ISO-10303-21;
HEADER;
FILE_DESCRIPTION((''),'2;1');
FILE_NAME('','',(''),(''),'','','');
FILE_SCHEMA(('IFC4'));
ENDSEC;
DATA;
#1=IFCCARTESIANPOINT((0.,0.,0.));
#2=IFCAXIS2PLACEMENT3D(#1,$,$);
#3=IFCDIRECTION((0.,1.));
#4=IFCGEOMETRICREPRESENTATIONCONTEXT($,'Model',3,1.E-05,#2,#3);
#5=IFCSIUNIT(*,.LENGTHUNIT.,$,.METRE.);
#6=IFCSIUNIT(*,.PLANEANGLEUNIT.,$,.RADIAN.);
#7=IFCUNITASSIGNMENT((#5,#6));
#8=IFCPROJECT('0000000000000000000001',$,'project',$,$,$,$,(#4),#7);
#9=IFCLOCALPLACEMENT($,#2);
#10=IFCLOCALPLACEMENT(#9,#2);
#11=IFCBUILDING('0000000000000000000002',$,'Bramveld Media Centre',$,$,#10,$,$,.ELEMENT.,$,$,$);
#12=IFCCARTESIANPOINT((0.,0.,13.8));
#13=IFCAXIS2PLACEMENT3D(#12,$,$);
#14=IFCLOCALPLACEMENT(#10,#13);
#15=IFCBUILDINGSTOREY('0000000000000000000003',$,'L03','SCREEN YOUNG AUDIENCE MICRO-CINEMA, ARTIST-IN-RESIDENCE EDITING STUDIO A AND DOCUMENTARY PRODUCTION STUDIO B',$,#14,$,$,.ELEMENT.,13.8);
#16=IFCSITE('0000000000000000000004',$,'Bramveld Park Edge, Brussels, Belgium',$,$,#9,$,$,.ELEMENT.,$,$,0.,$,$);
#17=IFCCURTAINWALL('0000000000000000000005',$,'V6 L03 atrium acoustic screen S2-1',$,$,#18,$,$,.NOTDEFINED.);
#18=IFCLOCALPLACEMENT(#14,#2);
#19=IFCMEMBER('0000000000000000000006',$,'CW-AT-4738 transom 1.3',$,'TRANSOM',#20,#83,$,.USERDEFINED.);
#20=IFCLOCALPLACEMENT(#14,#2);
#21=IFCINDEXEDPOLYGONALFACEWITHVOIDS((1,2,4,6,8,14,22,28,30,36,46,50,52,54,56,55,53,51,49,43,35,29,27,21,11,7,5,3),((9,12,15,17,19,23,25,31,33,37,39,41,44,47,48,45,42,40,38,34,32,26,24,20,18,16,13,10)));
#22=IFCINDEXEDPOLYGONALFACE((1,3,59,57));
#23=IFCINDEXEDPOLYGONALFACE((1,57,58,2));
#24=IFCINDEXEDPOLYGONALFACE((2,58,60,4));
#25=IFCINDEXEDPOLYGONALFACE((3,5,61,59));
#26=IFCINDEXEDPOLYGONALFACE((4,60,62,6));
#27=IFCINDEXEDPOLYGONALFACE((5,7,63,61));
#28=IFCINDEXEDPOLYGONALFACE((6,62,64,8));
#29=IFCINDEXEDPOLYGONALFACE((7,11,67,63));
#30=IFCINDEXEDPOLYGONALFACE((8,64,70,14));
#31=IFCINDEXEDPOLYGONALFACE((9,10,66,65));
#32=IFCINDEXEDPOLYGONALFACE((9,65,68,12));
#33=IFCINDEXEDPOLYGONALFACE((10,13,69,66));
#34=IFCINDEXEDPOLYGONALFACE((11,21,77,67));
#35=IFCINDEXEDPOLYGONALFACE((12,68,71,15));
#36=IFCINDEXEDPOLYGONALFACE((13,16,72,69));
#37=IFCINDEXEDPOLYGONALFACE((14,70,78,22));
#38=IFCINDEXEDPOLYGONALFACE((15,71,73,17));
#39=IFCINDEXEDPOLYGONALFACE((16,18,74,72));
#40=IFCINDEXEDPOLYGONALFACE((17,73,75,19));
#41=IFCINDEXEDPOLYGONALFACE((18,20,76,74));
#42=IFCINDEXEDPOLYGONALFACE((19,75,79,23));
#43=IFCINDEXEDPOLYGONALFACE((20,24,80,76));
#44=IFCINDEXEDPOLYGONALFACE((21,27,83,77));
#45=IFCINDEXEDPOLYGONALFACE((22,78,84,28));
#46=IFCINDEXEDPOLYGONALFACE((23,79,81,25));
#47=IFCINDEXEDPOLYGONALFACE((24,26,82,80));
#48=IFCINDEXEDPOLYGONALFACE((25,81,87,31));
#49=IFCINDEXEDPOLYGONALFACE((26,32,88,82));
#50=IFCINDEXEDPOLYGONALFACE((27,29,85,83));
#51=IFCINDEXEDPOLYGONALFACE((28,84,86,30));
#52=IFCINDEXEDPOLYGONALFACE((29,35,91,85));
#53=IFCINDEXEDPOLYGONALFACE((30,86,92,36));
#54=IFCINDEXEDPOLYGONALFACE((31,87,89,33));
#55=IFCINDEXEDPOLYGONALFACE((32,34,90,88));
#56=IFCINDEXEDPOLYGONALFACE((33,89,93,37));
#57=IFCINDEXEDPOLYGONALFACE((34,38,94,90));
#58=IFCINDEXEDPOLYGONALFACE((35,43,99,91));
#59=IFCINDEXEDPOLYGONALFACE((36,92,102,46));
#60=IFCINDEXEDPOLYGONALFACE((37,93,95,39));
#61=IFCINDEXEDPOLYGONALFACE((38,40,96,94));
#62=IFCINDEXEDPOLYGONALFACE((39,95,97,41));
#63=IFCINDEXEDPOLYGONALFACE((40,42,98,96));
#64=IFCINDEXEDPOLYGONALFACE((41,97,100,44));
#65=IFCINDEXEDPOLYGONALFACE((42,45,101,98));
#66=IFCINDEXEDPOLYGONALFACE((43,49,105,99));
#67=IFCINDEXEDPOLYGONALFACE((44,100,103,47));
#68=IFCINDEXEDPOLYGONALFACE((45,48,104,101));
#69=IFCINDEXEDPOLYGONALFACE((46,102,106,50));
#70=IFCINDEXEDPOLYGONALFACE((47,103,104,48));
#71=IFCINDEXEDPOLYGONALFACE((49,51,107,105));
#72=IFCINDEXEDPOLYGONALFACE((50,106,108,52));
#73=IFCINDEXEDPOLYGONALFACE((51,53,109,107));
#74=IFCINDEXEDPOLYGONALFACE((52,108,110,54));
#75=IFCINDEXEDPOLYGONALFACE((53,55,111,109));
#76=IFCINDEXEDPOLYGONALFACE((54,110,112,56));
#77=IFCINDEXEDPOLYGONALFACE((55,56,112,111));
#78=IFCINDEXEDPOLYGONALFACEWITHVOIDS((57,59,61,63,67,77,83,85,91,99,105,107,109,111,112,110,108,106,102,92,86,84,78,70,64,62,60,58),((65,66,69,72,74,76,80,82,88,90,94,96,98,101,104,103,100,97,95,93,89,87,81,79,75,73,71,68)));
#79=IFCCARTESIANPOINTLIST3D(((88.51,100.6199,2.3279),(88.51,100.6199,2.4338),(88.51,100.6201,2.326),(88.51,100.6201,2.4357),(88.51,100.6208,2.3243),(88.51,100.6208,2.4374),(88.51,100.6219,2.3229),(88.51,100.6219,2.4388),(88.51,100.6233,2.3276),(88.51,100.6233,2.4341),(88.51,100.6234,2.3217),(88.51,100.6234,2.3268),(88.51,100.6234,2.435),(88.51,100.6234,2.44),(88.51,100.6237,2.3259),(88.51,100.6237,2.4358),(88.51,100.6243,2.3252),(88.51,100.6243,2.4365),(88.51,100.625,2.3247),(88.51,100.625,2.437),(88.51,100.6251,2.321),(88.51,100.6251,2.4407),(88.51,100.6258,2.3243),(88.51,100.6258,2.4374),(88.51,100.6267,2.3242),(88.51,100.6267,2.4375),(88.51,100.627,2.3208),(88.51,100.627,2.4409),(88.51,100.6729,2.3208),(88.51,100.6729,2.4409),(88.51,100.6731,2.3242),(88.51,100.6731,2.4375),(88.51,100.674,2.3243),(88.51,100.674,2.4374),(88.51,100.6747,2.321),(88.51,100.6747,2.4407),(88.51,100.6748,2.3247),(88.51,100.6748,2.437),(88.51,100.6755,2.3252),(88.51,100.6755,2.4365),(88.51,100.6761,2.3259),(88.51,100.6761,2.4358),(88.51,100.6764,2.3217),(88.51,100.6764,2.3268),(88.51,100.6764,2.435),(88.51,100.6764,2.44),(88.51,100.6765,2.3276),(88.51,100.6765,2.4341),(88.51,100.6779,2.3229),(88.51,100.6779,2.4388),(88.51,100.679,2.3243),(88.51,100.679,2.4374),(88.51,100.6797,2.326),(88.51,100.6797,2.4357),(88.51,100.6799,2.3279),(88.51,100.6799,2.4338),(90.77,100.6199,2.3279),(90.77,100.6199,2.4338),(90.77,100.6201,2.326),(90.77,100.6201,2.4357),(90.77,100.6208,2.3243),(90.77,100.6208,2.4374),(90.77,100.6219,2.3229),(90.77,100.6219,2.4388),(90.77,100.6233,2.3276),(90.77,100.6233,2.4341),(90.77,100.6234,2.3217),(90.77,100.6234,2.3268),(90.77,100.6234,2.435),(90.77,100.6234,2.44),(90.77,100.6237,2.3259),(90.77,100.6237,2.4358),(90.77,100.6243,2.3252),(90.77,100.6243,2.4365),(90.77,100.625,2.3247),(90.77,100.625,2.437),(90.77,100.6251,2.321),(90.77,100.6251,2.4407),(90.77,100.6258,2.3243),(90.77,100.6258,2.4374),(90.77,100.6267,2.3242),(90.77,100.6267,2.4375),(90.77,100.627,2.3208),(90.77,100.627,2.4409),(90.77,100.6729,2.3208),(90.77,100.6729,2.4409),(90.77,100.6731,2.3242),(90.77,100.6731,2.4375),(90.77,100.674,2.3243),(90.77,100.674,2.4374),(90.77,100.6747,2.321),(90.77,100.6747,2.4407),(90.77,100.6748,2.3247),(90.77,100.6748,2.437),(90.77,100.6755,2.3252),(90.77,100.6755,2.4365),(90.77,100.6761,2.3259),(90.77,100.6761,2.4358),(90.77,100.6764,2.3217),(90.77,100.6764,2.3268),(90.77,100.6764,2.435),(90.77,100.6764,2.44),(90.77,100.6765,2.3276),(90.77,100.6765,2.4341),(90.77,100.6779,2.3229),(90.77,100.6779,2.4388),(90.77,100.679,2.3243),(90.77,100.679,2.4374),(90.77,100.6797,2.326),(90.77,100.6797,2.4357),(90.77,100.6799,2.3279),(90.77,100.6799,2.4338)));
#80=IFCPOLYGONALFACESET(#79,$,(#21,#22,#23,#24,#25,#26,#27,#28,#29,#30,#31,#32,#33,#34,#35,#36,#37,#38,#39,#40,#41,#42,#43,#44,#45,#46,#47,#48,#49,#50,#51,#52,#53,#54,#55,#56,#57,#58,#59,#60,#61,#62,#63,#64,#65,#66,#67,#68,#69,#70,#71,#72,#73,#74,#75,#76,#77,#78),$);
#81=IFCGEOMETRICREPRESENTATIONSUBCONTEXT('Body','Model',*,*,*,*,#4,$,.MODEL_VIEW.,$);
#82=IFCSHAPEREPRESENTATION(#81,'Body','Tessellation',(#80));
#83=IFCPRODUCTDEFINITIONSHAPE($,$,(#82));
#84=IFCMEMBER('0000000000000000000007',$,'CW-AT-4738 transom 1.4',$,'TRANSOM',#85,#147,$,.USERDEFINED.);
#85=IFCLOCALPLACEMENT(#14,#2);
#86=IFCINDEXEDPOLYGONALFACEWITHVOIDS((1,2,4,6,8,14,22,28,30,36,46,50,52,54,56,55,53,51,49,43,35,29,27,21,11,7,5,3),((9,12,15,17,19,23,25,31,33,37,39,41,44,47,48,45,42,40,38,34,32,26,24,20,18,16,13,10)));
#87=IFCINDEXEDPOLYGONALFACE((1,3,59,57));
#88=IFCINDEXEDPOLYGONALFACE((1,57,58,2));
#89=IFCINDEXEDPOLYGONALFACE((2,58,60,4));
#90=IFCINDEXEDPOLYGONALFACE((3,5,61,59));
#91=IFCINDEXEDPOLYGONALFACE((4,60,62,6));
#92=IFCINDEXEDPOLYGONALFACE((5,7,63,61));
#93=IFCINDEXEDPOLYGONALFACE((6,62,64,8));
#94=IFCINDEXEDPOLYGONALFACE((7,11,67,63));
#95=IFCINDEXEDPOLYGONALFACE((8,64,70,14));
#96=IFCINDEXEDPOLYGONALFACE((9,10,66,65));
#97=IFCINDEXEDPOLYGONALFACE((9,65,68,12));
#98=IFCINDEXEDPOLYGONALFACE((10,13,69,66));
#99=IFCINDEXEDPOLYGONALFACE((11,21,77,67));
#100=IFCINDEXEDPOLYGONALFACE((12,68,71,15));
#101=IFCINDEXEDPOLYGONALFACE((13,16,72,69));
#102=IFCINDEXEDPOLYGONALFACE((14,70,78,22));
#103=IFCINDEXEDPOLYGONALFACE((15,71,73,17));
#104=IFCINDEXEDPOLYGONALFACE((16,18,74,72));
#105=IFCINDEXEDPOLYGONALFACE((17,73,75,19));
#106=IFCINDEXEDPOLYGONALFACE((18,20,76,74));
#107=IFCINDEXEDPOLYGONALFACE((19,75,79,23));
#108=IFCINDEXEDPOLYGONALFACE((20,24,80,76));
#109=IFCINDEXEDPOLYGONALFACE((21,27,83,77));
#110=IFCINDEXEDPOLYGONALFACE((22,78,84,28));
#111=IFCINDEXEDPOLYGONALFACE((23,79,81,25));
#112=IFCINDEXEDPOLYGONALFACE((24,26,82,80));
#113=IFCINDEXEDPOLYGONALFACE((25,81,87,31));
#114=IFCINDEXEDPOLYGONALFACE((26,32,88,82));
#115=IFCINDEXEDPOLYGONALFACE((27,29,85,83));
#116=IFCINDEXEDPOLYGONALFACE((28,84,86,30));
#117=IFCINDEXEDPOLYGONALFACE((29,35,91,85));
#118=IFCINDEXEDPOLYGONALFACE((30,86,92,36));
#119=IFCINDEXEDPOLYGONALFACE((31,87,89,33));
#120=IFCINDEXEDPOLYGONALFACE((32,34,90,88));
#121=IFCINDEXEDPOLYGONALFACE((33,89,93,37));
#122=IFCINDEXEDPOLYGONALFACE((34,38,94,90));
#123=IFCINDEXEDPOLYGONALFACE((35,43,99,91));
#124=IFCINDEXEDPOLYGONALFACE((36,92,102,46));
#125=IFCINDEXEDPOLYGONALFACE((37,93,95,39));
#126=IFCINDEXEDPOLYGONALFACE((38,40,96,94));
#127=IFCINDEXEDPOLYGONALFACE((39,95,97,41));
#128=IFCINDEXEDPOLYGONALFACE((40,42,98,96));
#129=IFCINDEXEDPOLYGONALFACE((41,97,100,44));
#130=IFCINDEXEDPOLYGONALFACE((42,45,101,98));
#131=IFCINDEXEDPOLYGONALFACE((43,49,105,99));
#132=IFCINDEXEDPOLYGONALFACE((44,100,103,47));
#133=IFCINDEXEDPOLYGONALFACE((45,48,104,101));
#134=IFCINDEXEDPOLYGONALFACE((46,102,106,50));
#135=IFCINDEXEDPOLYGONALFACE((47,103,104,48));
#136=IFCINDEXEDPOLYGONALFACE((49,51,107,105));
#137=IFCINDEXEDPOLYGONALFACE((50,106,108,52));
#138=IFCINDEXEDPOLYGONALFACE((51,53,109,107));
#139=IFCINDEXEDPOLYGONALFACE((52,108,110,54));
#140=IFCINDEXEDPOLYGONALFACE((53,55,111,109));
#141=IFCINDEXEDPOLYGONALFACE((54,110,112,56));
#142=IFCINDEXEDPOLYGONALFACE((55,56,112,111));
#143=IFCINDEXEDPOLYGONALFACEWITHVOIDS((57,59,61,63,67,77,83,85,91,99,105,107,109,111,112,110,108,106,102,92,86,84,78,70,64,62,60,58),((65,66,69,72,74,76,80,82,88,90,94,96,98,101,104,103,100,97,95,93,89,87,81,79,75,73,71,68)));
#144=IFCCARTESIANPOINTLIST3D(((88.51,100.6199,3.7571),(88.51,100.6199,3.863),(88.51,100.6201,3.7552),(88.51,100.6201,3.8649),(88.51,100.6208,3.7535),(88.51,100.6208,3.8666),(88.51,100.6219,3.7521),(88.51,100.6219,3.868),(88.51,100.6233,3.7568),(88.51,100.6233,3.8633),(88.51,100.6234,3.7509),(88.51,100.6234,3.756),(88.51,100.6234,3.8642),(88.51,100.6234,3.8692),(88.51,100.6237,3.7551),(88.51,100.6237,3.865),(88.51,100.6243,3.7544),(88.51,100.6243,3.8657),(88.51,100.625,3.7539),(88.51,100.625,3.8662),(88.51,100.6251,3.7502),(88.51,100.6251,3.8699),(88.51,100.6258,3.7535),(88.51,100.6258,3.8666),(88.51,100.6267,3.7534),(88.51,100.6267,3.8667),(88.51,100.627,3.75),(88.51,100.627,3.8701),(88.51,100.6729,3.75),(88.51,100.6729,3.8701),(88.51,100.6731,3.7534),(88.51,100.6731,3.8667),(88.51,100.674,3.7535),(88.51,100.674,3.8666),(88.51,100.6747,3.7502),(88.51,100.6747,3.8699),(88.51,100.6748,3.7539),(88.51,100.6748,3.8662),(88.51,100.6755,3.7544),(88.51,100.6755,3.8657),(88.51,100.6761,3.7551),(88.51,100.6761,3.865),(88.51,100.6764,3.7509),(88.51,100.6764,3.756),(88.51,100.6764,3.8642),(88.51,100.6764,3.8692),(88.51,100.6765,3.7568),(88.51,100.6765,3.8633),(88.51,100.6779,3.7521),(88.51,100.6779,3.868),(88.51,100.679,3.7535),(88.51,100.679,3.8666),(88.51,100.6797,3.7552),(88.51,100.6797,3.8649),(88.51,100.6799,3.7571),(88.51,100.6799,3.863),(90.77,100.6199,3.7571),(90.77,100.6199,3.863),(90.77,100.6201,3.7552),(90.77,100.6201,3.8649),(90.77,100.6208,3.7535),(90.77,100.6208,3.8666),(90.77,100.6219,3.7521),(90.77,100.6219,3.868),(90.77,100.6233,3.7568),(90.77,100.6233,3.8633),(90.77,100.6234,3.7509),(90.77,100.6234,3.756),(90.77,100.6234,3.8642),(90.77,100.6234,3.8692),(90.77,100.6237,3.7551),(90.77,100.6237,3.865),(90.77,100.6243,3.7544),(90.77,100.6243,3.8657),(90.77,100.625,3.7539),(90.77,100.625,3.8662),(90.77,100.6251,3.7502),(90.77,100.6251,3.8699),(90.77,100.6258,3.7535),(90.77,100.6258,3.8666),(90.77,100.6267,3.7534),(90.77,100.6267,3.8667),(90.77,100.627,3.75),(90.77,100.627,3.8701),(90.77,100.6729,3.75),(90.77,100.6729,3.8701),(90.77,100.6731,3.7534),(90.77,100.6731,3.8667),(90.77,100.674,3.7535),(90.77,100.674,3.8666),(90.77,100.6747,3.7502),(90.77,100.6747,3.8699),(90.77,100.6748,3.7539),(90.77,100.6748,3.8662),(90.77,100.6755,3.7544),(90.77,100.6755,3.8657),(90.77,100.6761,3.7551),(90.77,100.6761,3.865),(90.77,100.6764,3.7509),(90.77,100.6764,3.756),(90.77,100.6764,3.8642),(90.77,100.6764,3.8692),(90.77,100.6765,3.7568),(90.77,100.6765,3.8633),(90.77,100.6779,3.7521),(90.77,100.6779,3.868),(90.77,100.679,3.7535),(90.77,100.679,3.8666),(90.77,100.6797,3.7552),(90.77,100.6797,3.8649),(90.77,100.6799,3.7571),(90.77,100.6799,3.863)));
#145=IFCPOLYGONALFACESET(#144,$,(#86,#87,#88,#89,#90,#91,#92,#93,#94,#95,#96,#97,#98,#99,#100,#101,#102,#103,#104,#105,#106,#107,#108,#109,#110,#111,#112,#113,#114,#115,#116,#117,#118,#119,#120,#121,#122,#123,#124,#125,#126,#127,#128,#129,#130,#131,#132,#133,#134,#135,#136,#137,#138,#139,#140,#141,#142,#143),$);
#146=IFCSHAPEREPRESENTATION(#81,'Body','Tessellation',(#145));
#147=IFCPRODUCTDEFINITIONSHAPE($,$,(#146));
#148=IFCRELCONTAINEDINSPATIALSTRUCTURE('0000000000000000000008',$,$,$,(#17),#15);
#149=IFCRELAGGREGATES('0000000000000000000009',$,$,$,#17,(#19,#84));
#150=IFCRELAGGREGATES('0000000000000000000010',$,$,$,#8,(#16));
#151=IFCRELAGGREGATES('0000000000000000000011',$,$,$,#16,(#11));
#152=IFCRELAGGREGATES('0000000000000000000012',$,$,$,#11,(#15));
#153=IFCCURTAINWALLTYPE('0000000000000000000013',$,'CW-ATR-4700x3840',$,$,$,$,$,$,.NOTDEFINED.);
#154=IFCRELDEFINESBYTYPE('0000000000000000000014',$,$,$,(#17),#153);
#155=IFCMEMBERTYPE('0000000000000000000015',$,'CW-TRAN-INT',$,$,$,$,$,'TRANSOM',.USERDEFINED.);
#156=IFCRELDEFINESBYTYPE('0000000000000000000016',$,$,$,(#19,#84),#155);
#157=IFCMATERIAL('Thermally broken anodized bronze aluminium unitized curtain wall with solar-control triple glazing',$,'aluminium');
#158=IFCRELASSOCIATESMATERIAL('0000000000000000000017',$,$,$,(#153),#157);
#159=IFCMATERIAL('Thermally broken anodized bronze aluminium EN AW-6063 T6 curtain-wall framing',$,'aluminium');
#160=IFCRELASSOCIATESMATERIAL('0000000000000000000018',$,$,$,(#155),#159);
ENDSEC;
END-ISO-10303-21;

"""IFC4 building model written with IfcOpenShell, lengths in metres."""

from ifc_helpers import new_model, si_unit, direction, frame, origin, origin_2d, place, context, subcontext, project, spatial, hollow_rectangle, extrude, material, material_profile, profile_set, type_object, element, aggregate, save


model = new_model("IFC4")

# Units and contexts
model_context = context("Model", 3, precision=1e-05, world=origin(), true_north=direction((0.0, 1.0)))
body_context = subcontext(model_context, "Body", "Model", "MODEL_VIEW")
ifc_project = project(units=[si_unit("LENGTHUNIT", "METRE"), si_unit("PLANEANGLEUNIT", "RADIAN")], contexts=[model_context])

# Site, building, storey
site_placement = place(None, origin())
site = spatial("IfcSite", under=ifc_project, at=site_placement, Name="Bramveld Park Edge, Brussels, Belgium", CompositionType="ELEMENT", RefElevation=0.0)
building_placement = place(site_placement, origin())
building = spatial("IfcBuilding", under=site, at=building_placement, Name="Bramveld Media Centre", CompositionType="ELEMENT")
storey_placement = place(building_placement, frame((0.0, 0.0, 13.8)))
storey = spatial("IfcBuildingStorey", under=building, at=storey_placement, Name="L03", Description="SCREEN YOUNG AUDIENCE MICRO-CINEMA, ARTIST-IN-RESIDENCE EDITING STUDIO A AND DOCUMENTARY PRODUCTION STUDIO B", CompositionType="ELEMENT", Elevation=13.8)

# Shared definitions
ifc_material_1 = material(Name="Thermally broken anodized bronze aluminium unitized curtain wall with solar-control triple glazing", Category="aluminium")
curtain_wall_type = type_object("IfcCurtainWallType", Name="CW-ATR-4700x3840", PredefinedType="NOTDEFINED", material=ifc_material_1)

# Curtain wall, members
curtain_wall_1_placement = place(storey_placement, origin())
curtain_wall_1 = element("IfcCurtainWall", 1, at=curtain_wall_1_placement, inside=storey, type_object=curtain_wall_type, Name="V6 L03 atrium acoustic screen S2-1", PredefinedType="NOTDEFINED")
ifc_material_2 = material(Name="Thermally broken anodized bronze aluminium EN AW-6063 T6 curtain-wall framing", Category="aluminium")
ifc_material_profile_1 = material_profile(ifc_material_2, hollow_rectangle(XDim=0.0601, YDim=0.1201, WallThickness=0.0034, InnerFilletRadius=0.0034, OuterFilletRadius=0.0071, at=origin_2d()), Name="AL-TRAN 60x120")
ifc_profile_set_1 = profile_set([ifc_material_profile_1], Name="Thermally broken anodized bronze aluminium EN AW-6063 T6 curtain-wall framing")
member_type_1 = type_object("IfcMemberType", Name="CW-TRAN-INT", ElementType="TRANSOM", PredefinedType="USERDEFINED", material=ifc_profile_set_1)
member_1_placement = place(storey_placement, frame((88.51, 100.6499, 2.3809), z_axis=(1.0, 0.0, 0.0), x_axis=(0.0, 1.0, 0.0)))
member_1 = element("IfcMember", 2, at=member_1_placement, type_object=member_type_1, Name="CW-AT-4738 transom 1.3", ObjectType="TRANSOM", PredefinedType="USERDEFINED", context=body_context, shape_type="SweptSolid", body=[
    extrude(hollow_rectangle(XDim=0.0601, YDim=0.1201, WallThickness=0.0034, InnerFilletRadius=0.0034, OuterFilletRadius=0.0071, at=origin_2d()), origin(), (0.0, 0.0, 1.0), 2.26),
])
member_2_placement = place(storey_placement, frame((88.51, 100.6499, 3.8101), z_axis=(1.0, 0.0, 0.0), x_axis=(0.0, 1.0, 0.0)))
member_2 = element("IfcMember", 3, at=member_2_placement, type_object=member_type_1, Name="CW-AT-4738 transom 1.4", ObjectType="TRANSOM", PredefinedType="USERDEFINED", context=body_context, shape_type="SweptSolid", body=[
    extrude(hollow_rectangle(XDim=0.0601, YDim=0.1201, WallThickness=0.0034, InnerFilletRadius=0.0034, OuterFilletRadius=0.0071, at=origin_2d()), origin(), (0.0, 0.0, 1.0), 2.26),
])
aggregate(curtain_wall_1, [member_1, member_2])

save(model, "model.ifc")
